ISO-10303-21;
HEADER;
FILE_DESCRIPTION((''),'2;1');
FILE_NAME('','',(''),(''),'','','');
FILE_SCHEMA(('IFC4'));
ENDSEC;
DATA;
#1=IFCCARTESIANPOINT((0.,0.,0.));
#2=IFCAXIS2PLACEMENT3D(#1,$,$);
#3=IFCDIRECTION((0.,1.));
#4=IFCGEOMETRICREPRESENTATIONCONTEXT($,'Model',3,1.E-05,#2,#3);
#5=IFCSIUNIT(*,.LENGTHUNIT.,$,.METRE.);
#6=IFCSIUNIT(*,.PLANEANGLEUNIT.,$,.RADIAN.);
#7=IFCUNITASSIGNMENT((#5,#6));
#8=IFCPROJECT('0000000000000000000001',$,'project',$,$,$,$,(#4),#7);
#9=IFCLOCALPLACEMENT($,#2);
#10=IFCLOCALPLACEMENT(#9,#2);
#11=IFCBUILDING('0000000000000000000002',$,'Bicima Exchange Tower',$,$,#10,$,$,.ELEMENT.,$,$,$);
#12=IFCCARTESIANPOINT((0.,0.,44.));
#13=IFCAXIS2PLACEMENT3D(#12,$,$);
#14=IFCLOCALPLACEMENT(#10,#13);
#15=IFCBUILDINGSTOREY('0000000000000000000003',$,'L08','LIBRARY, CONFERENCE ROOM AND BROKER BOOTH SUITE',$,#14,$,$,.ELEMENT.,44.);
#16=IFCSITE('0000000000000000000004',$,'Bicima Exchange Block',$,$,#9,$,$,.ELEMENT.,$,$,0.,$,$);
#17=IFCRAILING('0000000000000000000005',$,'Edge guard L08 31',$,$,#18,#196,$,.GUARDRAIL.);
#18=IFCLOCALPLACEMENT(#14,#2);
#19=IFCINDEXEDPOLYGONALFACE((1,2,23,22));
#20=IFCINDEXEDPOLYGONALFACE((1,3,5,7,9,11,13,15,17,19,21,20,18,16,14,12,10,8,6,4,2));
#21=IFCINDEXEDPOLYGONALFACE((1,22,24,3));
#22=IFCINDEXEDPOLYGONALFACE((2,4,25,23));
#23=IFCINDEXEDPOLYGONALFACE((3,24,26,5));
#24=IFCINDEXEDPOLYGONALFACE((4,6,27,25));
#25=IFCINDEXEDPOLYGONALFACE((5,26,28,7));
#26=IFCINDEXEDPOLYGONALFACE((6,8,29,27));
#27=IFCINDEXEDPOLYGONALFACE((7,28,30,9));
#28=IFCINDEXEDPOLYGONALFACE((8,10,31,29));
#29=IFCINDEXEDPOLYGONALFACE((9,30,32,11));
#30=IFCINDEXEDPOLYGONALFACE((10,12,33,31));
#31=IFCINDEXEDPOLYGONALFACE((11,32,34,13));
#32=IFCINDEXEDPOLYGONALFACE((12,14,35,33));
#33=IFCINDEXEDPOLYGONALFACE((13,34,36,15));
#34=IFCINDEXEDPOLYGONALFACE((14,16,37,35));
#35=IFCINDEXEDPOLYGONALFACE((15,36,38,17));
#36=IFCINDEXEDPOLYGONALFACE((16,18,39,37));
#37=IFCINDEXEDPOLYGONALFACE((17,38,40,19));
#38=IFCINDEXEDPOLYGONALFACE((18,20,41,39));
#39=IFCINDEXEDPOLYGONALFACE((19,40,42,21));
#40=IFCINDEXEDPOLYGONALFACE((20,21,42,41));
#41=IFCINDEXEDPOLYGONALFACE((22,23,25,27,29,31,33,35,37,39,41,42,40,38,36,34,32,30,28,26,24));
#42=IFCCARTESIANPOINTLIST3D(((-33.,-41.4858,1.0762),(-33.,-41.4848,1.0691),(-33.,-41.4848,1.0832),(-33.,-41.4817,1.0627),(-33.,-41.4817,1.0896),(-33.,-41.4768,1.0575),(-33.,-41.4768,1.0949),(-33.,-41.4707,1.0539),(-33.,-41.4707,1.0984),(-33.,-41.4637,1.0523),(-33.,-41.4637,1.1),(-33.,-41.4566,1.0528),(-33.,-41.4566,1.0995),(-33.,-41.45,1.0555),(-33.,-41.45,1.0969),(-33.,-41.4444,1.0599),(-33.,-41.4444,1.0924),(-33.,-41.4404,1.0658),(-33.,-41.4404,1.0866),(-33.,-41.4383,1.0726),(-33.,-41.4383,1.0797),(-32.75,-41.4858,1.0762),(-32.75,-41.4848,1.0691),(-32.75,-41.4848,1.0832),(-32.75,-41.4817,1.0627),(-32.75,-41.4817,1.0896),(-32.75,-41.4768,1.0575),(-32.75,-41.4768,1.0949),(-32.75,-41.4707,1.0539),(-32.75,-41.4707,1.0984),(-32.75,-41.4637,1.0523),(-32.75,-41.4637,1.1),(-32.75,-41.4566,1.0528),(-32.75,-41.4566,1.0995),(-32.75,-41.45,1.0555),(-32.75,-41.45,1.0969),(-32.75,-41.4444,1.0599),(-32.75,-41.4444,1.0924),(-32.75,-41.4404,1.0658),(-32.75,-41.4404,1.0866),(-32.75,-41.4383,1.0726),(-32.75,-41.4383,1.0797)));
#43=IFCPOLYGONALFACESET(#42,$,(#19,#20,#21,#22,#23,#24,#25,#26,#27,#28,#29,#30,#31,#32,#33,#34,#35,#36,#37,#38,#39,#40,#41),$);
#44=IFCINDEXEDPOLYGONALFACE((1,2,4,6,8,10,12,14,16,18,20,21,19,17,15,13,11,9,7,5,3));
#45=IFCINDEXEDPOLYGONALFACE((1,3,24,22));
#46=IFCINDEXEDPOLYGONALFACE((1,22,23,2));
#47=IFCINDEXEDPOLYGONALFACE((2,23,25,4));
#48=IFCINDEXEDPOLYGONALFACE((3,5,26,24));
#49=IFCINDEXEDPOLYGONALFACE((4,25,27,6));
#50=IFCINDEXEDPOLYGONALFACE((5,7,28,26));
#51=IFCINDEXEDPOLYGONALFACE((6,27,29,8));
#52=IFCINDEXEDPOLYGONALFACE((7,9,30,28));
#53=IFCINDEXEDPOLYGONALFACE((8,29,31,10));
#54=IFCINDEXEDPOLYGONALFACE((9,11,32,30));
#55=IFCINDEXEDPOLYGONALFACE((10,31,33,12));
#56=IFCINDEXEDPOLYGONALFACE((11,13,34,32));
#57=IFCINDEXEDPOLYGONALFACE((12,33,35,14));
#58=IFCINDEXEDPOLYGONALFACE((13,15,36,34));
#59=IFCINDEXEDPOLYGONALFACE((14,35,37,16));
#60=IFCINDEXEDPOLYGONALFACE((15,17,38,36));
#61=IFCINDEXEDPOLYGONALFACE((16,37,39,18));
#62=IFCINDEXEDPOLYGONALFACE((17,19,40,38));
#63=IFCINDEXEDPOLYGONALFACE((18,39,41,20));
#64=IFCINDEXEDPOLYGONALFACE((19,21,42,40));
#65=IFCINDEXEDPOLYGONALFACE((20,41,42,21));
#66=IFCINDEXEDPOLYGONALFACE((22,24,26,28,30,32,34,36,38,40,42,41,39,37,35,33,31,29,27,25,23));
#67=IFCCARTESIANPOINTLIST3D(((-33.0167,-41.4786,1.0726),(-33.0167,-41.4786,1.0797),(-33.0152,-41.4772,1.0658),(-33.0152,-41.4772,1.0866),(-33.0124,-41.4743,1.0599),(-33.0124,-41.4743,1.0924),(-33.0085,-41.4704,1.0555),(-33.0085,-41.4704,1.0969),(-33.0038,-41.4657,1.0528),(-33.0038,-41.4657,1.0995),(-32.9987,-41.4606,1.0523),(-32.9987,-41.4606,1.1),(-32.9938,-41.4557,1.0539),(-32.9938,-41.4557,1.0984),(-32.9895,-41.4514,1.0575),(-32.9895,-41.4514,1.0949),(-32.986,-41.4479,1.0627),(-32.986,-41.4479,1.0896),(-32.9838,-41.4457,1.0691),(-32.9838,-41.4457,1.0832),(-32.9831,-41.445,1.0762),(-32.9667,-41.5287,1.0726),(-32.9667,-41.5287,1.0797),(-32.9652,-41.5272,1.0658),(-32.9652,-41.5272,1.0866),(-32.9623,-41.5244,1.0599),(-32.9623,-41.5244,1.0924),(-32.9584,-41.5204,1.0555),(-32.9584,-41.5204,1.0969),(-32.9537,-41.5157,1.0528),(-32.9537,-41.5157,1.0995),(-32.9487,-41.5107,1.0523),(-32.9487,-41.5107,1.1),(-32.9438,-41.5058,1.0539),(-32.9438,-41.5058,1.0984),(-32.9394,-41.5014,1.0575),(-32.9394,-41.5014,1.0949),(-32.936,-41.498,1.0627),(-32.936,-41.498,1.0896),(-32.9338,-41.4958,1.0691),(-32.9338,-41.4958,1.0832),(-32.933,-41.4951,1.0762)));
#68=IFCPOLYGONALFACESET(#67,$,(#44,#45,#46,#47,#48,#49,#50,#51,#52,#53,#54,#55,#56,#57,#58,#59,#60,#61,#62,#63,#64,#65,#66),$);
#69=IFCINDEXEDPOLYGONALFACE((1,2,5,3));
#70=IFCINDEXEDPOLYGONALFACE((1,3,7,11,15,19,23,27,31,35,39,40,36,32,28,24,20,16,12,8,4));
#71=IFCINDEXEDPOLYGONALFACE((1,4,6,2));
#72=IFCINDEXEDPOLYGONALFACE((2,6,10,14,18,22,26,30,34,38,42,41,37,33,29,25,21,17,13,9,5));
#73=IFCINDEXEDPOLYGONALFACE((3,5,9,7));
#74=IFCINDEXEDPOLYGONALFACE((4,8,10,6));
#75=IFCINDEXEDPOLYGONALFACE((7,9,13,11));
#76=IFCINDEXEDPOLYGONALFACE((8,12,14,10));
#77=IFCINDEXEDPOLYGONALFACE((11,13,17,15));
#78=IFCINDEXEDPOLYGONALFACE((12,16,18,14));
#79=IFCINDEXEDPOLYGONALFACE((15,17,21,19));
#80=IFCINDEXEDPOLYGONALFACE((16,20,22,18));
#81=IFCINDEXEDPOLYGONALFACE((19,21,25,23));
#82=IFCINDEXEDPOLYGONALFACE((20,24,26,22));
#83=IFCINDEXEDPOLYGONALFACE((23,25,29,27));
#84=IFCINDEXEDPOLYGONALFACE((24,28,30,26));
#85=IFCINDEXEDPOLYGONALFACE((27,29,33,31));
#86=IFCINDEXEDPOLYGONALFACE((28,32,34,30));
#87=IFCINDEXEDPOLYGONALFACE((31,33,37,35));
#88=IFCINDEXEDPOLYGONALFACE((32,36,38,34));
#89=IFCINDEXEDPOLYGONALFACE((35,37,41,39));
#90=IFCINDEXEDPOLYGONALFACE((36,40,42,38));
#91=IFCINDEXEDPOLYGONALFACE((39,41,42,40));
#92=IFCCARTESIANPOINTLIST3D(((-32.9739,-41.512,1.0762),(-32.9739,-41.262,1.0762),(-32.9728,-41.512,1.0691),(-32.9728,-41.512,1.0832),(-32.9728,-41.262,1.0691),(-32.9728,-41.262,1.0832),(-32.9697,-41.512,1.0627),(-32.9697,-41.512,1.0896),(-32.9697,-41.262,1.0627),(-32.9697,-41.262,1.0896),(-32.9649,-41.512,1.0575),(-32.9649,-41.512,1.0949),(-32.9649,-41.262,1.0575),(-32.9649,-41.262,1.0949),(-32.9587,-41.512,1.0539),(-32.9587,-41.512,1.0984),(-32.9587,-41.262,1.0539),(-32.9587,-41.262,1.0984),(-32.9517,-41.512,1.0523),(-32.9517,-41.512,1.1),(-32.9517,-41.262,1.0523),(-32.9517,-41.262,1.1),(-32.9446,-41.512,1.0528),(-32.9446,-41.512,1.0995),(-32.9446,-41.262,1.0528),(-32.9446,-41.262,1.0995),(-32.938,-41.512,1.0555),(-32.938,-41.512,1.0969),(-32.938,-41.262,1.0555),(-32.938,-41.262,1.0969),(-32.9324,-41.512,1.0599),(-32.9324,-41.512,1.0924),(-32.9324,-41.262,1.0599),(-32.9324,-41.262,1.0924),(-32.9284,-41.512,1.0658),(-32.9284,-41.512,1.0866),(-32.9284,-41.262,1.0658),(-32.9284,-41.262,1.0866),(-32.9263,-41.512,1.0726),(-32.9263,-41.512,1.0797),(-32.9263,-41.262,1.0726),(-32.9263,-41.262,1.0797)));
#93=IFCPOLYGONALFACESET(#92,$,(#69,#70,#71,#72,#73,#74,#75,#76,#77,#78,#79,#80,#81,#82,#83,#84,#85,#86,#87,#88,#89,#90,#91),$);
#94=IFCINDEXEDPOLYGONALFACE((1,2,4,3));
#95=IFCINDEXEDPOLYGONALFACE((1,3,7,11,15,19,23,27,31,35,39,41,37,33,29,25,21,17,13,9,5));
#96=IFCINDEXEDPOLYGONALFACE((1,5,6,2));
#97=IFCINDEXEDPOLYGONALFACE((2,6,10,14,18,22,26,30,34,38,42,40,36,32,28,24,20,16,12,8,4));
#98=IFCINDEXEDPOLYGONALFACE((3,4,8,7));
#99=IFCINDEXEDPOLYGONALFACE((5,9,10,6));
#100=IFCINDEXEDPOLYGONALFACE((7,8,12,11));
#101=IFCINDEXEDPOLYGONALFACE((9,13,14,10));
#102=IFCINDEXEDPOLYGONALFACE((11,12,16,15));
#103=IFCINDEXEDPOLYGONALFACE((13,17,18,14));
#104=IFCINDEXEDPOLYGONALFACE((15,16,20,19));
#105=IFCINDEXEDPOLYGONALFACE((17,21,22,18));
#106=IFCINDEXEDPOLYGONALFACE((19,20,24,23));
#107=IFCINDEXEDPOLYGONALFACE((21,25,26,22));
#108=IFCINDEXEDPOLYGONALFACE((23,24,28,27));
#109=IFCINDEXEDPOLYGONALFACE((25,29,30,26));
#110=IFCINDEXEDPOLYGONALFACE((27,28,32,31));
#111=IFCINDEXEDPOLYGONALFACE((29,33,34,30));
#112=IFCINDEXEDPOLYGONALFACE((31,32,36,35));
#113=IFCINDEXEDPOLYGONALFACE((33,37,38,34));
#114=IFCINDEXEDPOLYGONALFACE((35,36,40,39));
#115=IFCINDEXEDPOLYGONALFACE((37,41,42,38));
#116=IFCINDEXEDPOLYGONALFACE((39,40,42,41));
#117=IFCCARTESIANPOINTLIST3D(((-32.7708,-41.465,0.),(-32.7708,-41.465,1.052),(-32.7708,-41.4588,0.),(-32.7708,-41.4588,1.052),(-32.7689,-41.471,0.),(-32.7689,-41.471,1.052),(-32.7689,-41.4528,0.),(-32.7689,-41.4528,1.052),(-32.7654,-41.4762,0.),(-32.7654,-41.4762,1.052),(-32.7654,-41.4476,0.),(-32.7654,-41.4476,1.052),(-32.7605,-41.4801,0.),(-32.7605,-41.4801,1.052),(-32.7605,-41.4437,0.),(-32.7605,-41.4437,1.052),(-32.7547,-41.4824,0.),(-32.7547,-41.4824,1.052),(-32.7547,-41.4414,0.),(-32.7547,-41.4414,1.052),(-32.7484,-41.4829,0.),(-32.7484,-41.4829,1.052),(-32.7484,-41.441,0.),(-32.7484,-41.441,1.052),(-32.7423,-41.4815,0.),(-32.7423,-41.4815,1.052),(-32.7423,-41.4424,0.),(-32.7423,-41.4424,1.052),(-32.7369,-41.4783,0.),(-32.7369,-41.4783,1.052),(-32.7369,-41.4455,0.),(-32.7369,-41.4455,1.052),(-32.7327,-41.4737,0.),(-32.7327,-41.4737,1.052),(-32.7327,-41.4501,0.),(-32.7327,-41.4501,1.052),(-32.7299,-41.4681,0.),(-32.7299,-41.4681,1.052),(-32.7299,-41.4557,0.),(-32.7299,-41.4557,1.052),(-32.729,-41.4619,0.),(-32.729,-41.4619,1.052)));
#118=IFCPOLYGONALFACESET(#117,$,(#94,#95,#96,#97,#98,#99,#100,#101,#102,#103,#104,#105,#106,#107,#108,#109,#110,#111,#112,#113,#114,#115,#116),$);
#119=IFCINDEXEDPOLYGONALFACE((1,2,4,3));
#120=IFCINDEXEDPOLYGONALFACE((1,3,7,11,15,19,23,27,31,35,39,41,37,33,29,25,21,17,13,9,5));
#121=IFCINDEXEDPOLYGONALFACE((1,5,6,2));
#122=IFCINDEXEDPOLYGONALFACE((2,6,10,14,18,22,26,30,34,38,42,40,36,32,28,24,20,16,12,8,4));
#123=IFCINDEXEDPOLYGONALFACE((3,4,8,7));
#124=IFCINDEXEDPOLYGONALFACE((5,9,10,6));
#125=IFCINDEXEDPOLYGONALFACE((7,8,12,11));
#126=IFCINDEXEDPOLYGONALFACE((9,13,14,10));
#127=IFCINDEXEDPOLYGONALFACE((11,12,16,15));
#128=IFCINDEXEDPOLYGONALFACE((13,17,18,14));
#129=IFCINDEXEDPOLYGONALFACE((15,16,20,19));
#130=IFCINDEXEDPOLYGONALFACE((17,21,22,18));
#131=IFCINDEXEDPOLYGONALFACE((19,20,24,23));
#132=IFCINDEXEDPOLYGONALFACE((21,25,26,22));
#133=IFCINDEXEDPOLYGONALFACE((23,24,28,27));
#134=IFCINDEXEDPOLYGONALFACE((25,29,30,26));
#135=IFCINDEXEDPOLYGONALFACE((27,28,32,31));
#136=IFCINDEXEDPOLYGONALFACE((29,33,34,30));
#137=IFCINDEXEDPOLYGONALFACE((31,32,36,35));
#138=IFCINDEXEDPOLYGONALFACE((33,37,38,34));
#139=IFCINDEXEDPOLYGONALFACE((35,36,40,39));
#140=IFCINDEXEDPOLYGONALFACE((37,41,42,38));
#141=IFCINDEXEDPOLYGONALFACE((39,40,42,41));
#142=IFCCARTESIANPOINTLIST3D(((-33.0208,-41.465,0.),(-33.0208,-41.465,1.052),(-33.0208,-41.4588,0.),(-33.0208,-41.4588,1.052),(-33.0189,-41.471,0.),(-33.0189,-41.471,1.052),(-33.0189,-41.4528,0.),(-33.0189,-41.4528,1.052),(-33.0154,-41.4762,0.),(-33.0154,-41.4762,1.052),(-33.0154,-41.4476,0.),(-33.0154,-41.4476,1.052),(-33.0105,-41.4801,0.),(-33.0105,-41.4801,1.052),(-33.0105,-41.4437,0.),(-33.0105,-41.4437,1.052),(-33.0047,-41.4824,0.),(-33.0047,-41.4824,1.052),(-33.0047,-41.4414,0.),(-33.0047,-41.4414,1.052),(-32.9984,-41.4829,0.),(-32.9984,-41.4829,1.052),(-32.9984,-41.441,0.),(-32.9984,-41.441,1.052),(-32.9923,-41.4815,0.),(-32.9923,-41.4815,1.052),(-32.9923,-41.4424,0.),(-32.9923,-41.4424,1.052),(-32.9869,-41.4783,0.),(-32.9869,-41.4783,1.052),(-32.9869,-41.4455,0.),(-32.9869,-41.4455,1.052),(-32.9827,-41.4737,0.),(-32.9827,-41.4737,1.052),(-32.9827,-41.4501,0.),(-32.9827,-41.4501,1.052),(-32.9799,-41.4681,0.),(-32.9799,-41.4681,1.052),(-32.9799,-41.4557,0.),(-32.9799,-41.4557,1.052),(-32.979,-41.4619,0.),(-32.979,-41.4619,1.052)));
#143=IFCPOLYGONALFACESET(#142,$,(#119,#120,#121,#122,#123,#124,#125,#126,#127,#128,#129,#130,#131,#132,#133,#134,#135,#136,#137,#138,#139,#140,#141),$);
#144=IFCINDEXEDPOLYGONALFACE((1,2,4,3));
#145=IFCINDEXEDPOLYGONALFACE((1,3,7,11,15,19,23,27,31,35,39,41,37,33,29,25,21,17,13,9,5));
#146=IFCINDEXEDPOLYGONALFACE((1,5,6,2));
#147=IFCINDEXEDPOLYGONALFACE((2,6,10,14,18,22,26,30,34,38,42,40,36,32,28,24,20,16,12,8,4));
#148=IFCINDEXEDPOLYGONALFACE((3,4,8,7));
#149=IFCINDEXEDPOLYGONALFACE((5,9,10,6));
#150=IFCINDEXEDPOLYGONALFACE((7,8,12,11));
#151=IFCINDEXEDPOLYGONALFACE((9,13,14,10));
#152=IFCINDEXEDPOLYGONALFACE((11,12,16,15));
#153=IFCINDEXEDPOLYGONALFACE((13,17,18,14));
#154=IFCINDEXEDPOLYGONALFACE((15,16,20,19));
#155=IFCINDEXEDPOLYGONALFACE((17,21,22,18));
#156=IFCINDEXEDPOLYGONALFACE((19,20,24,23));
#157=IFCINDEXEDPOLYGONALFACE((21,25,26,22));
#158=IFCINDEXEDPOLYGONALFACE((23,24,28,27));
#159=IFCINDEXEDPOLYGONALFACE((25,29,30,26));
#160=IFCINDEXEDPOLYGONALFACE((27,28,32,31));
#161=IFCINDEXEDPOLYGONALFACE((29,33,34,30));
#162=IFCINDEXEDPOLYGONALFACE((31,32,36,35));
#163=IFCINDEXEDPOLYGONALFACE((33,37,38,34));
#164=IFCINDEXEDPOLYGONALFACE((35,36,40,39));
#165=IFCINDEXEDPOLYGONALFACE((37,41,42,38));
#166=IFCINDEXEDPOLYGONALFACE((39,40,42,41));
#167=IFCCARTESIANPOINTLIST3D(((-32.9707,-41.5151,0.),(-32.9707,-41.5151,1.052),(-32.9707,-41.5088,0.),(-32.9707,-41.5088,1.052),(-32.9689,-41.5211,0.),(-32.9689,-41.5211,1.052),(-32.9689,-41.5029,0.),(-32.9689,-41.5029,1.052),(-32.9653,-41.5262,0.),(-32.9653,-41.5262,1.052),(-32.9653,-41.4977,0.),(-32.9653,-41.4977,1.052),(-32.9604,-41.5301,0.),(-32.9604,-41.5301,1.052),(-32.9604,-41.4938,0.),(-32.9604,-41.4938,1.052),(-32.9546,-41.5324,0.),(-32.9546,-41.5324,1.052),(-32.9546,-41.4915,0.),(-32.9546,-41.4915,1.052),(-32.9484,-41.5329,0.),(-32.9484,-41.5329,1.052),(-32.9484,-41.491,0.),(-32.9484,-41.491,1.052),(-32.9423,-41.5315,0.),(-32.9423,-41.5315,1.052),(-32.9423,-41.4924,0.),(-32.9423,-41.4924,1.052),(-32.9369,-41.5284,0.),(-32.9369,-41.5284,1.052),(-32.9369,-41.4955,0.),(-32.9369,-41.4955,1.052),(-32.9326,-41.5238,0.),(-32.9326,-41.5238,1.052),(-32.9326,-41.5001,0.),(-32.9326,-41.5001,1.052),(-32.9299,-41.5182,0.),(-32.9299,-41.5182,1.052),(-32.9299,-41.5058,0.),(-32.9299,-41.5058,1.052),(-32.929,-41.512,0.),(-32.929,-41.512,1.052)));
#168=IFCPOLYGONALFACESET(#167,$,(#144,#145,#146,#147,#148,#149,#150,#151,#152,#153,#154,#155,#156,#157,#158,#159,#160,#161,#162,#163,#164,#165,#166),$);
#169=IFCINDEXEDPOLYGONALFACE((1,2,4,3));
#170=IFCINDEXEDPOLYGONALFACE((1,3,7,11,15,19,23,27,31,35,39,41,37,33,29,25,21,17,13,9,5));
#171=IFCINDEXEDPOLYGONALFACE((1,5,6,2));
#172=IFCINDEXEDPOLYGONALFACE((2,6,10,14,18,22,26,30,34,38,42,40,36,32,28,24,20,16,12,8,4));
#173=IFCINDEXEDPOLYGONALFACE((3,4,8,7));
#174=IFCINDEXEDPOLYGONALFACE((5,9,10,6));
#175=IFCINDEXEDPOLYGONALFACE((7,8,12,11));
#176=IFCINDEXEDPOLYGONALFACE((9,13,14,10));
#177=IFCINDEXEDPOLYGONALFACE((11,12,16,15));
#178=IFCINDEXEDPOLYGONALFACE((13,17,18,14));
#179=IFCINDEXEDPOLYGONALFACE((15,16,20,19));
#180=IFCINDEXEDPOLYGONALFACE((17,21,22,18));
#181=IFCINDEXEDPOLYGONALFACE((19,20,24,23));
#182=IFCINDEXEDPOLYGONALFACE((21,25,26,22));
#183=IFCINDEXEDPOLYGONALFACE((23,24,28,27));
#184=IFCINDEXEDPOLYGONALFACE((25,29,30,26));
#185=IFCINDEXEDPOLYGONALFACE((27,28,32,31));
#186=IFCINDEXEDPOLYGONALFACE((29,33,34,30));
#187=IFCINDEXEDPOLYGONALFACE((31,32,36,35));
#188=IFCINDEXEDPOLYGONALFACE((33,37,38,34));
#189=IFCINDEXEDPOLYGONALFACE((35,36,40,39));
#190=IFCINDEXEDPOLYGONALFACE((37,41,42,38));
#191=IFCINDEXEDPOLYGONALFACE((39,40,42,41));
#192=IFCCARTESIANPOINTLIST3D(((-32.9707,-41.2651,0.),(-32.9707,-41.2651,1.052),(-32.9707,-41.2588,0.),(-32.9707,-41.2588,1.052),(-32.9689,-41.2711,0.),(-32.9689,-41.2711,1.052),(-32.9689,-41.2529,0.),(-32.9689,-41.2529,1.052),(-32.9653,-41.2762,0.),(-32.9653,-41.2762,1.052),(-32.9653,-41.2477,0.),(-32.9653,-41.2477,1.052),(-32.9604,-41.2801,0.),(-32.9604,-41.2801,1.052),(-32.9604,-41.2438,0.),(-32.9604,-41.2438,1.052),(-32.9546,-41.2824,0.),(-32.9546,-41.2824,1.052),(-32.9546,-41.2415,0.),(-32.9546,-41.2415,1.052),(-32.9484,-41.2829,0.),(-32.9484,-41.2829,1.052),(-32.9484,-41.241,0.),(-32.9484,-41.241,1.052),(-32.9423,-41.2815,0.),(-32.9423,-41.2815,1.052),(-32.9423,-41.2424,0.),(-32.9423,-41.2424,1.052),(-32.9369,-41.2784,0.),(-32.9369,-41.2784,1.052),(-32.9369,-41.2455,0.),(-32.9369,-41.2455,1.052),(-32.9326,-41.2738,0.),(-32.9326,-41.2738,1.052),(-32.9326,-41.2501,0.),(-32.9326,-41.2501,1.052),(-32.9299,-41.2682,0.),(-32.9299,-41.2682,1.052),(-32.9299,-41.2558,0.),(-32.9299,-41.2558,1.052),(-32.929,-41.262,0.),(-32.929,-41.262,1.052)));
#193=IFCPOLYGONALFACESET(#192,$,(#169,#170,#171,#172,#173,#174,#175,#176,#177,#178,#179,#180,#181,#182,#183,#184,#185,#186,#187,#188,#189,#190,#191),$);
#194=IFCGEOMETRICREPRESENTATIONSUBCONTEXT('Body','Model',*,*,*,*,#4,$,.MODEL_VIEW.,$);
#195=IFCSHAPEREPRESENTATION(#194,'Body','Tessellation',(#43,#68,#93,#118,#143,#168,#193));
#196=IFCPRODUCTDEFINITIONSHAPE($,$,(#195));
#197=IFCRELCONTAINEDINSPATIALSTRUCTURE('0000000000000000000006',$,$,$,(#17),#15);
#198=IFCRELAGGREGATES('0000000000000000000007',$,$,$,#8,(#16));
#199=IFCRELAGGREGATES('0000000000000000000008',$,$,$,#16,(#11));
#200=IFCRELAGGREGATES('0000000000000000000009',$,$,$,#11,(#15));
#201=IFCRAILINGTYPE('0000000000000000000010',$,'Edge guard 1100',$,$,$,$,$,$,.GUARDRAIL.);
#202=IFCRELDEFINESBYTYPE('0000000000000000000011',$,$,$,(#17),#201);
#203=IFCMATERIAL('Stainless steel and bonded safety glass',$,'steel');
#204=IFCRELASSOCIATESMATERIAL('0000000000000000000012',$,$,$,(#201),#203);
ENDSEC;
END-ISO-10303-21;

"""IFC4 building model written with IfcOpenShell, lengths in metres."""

from ifc_helpers import new_model, si_unit, direction, frame, origin, origin_2d, place, context, subcontext, project, spatial, circle, extrude, material, type_object, element, save


model = new_model("IFC4")

# Units and contexts
model_context = context("Model", 3, precision=1e-05, world=origin(), true_north=direction((0.0, 1.0)))
body_context = subcontext(model_context, "Body", "Model", "MODEL_VIEW")
ifc_project = project(units=[si_unit("LENGTHUNIT", "METRE"), si_unit("PLANEANGLEUNIT", "RADIAN")], contexts=[model_context])

# Site, building, storey
site_placement = place(None, origin())
site = spatial("IfcSite", under=ifc_project, at=site_placement, Name="Bicima Exchange Block", CompositionType="ELEMENT", RefElevation=0.0)
building_placement = place(site_placement, origin())
building = spatial("IfcBuilding", under=site, at=building_placement, Name="Bicima Exchange Tower", CompositionType="ELEMENT")
storey_placement = place(building_placement, frame((0.0, 0.0, 44.0)))
storey = spatial("IfcBuildingStorey", under=building, at=storey_placement, Name="L08", Description="LIBRARY, CONFERENCE ROOM AND BROKER BOOTH SUITE", CompositionType="ELEMENT", Elevation=44.0)

# Railing
ifc_material_1 = material(Name="Stainless steel and bonded safety glass", Category="steel")
railing_type = type_object("IfcRailingType", Name="Edge guard 1100", PredefinedType="GUARDRAIL", material=ifc_material_1)
railing_1_placement = place(storey_placement, frame((-32.75, -41.4619, 0.0)))
element("IfcRailing", 1, at=railing_1_placement, inside=storey, type_object=railing_type, Name="Edge guard L08 31", PredefinedType="GUARDRAIL", context=body_context, shape_type="SweptSolid", body=[
    extrude(circle(Radius=0.0239, at=origin_2d()), frame((0.0, 0.0, 1.0762), z_axis=(-1.0, 0.0, 0.0), x_axis=(0.0, -1.0, 0.0)), (0.0, 0.0, 1.0), 0.25),
    extrude(circle(Radius=0.0239, at=origin_2d()), frame((-0.25, 0.0, 1.0762), z_axis=(0.707107, -0.707107, 0.0), x_axis=(0.707107, 0.707107, 0.0)), (0.0, 0.0, 1.0), 0.0708),
    extrude(circle(Radius=0.0239, at=origin_2d()), frame((-0.2, -0.05, 1.0762), z_axis=(0.0, 1.0, 0.0), x_axis=(-1.0, 0.0, 0.0)), (0.0, 0.0, 1.0), 0.25),
    extrude(circle(Radius=0.021, at=origin_2d()), origin(), (0.0, 0.0, 1.0), 1.052),
    extrude(circle(Radius=0.021, at=origin_2d()), frame((-0.25, 0.0, 0.0)), (0.0, 0.0, 1.0), 1.052),
    extrude(circle(Radius=0.021, at=origin_2d()), frame((-0.2, -0.05, 0.0)), (0.0, 0.0, 1.0), 1.052),
    extrude(circle(Radius=0.021, at=origin_2d()), frame((-0.2, 0.2, 0.0)), (0.0, 0.0, 1.0), 1.052),
])

save(model, "model.ifc")
